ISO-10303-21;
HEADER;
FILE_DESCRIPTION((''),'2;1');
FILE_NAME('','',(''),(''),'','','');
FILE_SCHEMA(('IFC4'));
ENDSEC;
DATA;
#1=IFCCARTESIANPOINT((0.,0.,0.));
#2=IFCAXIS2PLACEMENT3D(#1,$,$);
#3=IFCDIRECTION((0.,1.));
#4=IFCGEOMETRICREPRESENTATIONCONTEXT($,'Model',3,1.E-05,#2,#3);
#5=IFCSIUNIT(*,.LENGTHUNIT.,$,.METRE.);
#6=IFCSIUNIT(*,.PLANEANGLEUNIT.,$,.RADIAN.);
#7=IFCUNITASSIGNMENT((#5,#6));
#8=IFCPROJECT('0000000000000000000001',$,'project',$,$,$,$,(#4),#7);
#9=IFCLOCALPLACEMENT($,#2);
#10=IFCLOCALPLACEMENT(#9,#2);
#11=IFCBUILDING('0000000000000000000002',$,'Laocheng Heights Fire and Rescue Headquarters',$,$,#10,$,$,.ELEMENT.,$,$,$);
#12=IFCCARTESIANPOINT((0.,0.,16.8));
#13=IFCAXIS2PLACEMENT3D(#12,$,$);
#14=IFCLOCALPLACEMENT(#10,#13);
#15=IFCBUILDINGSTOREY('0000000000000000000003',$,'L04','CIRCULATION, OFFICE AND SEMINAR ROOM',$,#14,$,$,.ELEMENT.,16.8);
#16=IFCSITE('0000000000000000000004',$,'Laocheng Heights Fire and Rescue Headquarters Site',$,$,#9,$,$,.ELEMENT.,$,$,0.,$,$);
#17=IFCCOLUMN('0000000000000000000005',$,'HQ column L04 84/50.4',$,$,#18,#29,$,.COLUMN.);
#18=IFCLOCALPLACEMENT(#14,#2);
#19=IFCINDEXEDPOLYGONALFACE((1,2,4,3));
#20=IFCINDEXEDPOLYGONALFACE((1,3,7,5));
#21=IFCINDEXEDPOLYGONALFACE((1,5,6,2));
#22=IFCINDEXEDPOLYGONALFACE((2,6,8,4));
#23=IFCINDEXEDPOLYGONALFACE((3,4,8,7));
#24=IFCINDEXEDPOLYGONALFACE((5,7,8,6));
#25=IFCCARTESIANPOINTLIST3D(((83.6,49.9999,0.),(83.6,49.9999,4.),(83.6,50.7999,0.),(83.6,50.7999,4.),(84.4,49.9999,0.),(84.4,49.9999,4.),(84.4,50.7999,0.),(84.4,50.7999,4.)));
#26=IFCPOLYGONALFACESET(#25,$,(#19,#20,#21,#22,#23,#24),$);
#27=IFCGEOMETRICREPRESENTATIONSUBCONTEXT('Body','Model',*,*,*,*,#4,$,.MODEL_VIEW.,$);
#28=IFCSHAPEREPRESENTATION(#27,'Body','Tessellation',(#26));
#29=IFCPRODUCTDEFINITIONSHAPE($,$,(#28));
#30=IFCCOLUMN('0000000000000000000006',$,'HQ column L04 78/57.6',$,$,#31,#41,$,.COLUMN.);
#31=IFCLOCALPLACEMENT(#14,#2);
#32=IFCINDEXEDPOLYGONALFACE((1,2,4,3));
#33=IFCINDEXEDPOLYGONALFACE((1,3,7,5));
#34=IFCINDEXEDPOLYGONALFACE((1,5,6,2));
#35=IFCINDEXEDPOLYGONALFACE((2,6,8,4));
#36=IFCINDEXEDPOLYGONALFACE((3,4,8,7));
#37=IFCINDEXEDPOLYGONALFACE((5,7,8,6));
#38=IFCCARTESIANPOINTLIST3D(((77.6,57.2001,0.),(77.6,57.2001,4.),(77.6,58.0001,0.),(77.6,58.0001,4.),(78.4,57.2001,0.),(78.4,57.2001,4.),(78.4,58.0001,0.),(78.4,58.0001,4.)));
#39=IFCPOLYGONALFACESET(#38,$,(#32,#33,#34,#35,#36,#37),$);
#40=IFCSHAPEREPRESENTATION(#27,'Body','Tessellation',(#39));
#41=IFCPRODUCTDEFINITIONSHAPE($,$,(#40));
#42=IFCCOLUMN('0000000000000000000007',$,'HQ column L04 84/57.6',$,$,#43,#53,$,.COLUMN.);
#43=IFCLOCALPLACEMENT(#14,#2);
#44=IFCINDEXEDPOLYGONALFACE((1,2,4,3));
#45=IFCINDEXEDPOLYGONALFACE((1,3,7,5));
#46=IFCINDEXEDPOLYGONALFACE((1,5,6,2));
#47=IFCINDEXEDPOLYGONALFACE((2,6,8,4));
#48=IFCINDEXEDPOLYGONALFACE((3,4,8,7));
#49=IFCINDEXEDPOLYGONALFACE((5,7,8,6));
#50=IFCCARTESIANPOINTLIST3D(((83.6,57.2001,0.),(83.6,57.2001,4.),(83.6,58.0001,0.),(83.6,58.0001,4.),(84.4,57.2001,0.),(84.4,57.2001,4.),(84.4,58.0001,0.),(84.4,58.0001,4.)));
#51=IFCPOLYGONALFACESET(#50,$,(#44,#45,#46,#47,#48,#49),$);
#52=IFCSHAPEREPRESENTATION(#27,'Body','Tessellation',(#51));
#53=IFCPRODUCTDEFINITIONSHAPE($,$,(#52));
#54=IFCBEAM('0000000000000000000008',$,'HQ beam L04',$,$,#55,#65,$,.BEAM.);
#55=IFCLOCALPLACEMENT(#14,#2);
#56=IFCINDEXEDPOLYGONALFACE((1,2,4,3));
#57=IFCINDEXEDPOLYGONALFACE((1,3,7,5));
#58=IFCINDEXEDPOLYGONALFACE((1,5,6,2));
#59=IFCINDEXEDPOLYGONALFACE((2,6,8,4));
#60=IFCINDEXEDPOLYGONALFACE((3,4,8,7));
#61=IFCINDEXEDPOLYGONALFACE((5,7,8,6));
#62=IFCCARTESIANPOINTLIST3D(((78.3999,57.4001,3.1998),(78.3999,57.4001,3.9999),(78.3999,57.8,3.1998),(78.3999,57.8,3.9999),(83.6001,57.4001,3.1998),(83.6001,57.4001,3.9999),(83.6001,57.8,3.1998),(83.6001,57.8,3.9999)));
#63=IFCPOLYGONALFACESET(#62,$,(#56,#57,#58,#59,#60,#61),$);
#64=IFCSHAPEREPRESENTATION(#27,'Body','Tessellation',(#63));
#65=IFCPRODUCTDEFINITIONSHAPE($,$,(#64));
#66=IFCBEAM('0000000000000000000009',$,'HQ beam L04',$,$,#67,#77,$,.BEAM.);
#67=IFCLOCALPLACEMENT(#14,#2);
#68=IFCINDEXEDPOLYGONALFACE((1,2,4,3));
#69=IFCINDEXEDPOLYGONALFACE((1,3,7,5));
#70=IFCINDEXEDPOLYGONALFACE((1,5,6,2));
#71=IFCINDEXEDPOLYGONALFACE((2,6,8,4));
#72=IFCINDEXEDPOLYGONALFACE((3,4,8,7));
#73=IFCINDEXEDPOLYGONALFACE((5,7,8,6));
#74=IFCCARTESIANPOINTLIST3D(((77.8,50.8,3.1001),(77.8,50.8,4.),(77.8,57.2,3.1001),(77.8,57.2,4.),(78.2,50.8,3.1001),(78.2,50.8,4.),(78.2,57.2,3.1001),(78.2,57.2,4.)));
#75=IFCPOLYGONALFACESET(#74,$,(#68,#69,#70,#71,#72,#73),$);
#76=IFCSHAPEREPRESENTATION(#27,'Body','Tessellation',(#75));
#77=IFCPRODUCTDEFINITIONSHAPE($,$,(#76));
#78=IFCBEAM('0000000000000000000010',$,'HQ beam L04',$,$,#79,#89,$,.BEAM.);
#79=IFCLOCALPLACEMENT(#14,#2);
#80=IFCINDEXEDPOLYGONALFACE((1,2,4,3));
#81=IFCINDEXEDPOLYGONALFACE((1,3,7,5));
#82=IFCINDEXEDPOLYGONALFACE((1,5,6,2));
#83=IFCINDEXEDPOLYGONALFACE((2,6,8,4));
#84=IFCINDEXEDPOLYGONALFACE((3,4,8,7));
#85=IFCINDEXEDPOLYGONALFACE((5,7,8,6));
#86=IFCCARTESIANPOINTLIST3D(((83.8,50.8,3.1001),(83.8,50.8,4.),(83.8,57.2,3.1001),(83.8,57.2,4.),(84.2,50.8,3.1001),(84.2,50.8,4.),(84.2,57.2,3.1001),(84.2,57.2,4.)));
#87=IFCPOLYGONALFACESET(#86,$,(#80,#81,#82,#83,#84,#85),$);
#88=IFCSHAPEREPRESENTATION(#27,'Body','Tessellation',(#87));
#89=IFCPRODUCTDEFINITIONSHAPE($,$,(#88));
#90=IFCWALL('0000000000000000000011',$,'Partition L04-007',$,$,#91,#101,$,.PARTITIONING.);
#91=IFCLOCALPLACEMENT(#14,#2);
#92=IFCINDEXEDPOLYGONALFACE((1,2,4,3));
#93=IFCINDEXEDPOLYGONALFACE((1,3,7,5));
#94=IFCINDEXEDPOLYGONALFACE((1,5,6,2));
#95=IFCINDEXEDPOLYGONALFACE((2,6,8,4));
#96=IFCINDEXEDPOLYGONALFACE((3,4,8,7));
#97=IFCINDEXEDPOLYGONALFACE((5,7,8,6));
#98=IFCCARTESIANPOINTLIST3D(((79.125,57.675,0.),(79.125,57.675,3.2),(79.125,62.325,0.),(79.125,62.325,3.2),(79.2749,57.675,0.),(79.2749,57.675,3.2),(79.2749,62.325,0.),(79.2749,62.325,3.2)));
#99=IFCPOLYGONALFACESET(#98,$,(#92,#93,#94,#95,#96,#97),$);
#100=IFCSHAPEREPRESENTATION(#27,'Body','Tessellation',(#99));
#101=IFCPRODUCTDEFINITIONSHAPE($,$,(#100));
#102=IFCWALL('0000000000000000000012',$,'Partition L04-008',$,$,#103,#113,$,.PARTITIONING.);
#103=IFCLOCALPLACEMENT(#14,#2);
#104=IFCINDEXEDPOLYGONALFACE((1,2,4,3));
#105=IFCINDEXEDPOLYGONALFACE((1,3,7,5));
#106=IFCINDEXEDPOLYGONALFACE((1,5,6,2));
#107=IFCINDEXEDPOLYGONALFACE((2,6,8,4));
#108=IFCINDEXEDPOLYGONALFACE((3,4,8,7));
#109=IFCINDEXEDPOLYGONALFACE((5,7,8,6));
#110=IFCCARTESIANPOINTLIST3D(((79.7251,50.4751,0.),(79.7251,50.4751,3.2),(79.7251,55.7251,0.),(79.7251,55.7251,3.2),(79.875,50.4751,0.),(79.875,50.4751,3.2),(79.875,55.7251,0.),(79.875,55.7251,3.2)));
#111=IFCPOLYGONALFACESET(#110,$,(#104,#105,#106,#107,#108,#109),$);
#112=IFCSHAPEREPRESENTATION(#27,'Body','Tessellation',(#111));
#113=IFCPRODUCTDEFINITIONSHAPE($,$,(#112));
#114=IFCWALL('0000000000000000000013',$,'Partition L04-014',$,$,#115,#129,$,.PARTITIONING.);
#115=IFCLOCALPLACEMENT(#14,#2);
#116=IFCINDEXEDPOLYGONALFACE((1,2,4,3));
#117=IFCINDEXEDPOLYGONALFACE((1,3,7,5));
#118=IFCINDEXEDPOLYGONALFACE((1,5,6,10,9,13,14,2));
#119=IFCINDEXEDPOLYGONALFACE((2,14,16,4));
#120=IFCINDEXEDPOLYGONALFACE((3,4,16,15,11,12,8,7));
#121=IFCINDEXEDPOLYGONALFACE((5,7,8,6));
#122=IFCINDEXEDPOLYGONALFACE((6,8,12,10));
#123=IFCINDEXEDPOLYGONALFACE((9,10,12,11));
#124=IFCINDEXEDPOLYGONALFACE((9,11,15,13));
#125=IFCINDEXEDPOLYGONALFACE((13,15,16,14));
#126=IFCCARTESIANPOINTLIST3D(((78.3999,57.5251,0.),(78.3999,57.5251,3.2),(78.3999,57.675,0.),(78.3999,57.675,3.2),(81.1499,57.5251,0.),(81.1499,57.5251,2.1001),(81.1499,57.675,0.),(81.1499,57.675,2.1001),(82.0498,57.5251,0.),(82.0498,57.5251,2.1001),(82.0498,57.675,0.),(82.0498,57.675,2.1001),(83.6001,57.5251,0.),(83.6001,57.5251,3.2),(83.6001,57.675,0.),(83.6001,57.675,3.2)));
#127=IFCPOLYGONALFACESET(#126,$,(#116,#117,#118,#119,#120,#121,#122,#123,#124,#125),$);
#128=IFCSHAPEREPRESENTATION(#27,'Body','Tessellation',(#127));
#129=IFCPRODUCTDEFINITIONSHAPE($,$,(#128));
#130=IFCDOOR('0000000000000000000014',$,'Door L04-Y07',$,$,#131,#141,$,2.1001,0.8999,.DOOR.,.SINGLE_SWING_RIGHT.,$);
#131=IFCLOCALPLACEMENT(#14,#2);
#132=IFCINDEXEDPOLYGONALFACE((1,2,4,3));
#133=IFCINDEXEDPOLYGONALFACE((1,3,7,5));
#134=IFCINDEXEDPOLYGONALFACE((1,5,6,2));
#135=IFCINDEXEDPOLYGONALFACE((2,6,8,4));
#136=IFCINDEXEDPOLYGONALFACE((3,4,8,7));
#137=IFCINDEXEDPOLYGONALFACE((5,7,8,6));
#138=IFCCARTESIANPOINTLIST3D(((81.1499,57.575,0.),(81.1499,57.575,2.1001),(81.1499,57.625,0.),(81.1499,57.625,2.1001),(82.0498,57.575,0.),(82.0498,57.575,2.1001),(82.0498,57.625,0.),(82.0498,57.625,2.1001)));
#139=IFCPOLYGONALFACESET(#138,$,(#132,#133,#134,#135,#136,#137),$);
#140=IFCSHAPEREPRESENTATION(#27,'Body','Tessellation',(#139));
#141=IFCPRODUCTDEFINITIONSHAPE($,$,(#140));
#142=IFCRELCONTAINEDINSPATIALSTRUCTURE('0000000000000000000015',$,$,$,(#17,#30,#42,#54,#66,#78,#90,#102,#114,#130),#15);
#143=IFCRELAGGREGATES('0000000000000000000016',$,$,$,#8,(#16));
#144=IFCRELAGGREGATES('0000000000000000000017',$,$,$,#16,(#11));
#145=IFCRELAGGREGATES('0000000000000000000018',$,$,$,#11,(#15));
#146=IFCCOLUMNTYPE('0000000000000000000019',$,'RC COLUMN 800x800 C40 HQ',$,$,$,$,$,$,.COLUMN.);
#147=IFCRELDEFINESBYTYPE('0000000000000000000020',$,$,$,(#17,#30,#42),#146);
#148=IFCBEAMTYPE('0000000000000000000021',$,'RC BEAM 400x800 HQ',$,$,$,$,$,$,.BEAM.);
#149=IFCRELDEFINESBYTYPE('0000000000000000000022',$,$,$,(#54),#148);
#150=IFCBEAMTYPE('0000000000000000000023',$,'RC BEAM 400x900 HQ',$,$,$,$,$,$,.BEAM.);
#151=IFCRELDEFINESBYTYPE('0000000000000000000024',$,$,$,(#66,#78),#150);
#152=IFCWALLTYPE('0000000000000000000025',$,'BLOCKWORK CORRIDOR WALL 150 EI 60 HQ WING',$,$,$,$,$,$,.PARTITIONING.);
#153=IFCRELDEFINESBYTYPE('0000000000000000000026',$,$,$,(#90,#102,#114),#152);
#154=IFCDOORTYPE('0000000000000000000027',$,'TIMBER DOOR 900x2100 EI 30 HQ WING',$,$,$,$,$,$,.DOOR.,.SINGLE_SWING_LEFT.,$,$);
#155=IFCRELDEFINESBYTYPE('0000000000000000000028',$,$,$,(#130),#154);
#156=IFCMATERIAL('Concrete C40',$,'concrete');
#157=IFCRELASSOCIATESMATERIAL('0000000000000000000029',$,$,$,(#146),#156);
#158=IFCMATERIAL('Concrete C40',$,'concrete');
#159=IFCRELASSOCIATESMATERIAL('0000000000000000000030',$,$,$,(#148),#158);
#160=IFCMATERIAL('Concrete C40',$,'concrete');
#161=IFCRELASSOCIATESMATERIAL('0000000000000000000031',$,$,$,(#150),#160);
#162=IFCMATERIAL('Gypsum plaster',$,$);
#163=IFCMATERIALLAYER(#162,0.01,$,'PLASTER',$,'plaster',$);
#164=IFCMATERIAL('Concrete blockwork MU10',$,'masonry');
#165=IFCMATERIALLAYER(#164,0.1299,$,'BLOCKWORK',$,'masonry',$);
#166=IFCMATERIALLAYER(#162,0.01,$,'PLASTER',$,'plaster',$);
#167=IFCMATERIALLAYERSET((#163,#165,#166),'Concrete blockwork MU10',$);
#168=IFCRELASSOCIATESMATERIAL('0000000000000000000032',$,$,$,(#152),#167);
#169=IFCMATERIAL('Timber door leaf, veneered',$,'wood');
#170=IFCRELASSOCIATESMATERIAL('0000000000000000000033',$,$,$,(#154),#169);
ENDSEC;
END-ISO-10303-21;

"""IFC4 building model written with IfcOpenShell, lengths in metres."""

from ifc_helpers import new_model, si_unit, direction, frame, frame_2d, origin, origin_2d, place, context, subcontext, project, spatial, rectangle, extrude, material, layer, layer_set, material_profile, profile_set, type_object, element, fill, save


model = new_model("IFC4")

# Units and contexts
model_context = context("Model", 3, precision=1e-05, world=origin(), true_north=direction((0.0, 1.0)))
body_context = subcontext(model_context, "Body", "Model", "MODEL_VIEW")
ifc_project = project(units=[si_unit("LENGTHUNIT", "METRE"), si_unit("PLANEANGLEUNIT", "RADIAN")], contexts=[model_context])

# Site, building, storey
site_placement = place(None, origin())
site = spatial("IfcSite", under=ifc_project, at=site_placement, Name="Laocheng Heights Fire and Rescue Headquarters Site", CompositionType="ELEMENT", RefElevation=0.0)
building_placement = place(site_placement, origin())
building = spatial("IfcBuilding", under=site, at=building_placement, Name="Laocheng Heights Fire and Rescue Headquarters", CompositionType="ELEMENT")
storey_placement = place(building_placement, frame((0.0, 0.0, 16.8)))
storey = spatial("IfcBuildingStorey", under=building, at=storey_placement, Name="L04", Description="CIRCULATION, OFFICE AND SEMINAR ROOM", CompositionType="ELEMENT", Elevation=16.8)

# Columns
ifc_material_1 = material(Name="Concrete C40", Category="concrete")
ifc_material_profile_1 = material_profile(ifc_material_1, rectangle(XDim=0.8, YDim=0.8, at=origin_2d()), Name="RC COLUMN 800x800 C40 HQ")
ifc_profile_set_1 = profile_set([ifc_material_profile_1], Name="Concrete C40")
column_type = type_object("IfcColumnType", Name="RC COLUMN 800x800 C40 HQ", PredefinedType="COLUMN", material=ifc_profile_set_1)
for number, where, z_axis, x_axis, name in (
    (1, (84.0, 50.3999, 0.0), (0.0, 0.0, 1.0), (1.0, 0.0, 0.0), "HQ column L04 84/50.4"),
    (2, (78.0, 57.6001, 0.0), (0.0, 0.0, 1.0), (1.0, 0.0, 0.0), "HQ column L04 78/57.6"),
    (3, (84.0, 57.6001, 0.0), (0.0, 0.0, 1.0), (1.0, 0.0, 0.0), "HQ column L04 84/57.6"),
):
    element("IfcColumn", number, at=place(storey_placement, frame(where, z_axis=z_axis, x_axis=x_axis)), inside=storey, type_object=column_type, Name=name, PredefinedType="COLUMN", context=body_context, shape_type="SweptSolid", body=[
        extrude(rectangle(XDim=0.8, YDim=0.8, at=origin_2d()), origin(), (0.0, 0.0, 1.0), 4.0),
    ])

# Beams
ifc_material_2 = material(Name="Concrete C40", Category="concrete")
ifc_material_profile_2 = material_profile(ifc_material_2, rectangle(XDim=0.3999, YDim=0.8, at=origin_2d()), Name="RC BEAM 400x800 HQ")
ifc_profile_set_2 = profile_set([ifc_material_profile_2], Name="Concrete C40")
beam_type_1 = type_object("IfcBeamType", Name="RC BEAM 400x800 HQ", PredefinedType="BEAM", material=ifc_profile_set_2)
beam_placement = place(storey_placement, frame((78.3999, 57.6001, 3.5999), z_axis=(1.0, 0.0, 0.0), x_axis=(0.0, 1.0, 0.0)))
element("IfcBeam", 4, at=beam_placement, inside=storey, type_object=beam_type_1, Name="HQ beam L04", PredefinedType="BEAM", context=body_context, shape_type="SweptSolid", body=[
    extrude(rectangle(XDim=0.3999, YDim=0.8, at=origin_2d()), origin(), (0.0, 0.0, 1.0), 5.2002),
])
ifc_material_3 = material(Name="Concrete C40", Category="concrete")
ifc_material_profile_3 = material_profile(ifc_material_3, rectangle(XDim=0.3999, YDim=0.8999, at=origin_2d()), Name="RC BEAM 400x900 HQ")
ifc_profile_set_3 = profile_set([ifc_material_profile_3], Name="Concrete C40")
beam_type_2 = type_object("IfcBeamType", Name="RC BEAM 400x900 HQ", PredefinedType="BEAM", material=ifc_profile_set_3)
for number, where, z_axis, x_axis, name in (
    (5, (78.0, 50.8, 3.55), (0.0, 1.0, 0.0), (-1.0, 0.0, 0.0), "HQ beam L04"),
    (6, (84.0, 50.8, 3.55), (0.0, 1.0, 0.0), (-1.0, 0.0, 0.0), "HQ beam L04"),
):
    element("IfcBeam", number, at=place(storey_placement, frame(where, z_axis=z_axis, x_axis=x_axis)), inside=storey, type_object=beam_type_2, Name=name, PredefinedType="BEAM", context=body_context, shape_type="SweptSolid", body=[
        extrude(rectangle(XDim=0.3999, YDim=0.8999, at=origin_2d()), origin(), (0.0, 0.0, 1.0), 6.3999),
    ])

# Walls
ifc_material_4 = material(Name="Gypsum plaster")
ifc_layer_1 = layer(ifc_material_4, 0.01, Name="PLASTER", Category="plaster")
ifc_material_5 = material(Name="Concrete blockwork MU10", Category="masonry")
ifc_layer_2 = layer(ifc_material_5, 0.1299, Name="BLOCKWORK", Category="masonry")
ifc_layer_3 = layer(ifc_material_4, 0.01, Name="PLASTER", Category="plaster")
ifc_layer_set_1 = layer_set([ifc_layer_1, ifc_layer_2, ifc_layer_3], Name="Concrete blockwork MU10")
wall_type_1 = type_object("IfcWallType", Name="BLOCKWORK CORRIDOR WALL 150 EI 60 HQ WING", PredefinedType="PARTITIONING", material=ifc_layer_set_1)
wall_1_placement = place(storey_placement, frame((79.2, 57.675, 0.0), z_axis=(0.0, 0.0, 1.0), x_axis=(0.0, 1.0, 0.0)))
element("IfcWall", 7, at=wall_1_placement, inside=storey, type_object=wall_type_1, Name="Partition L04-007", PredefinedType="PARTITIONING", context=body_context, shape_type="SweptSolid", body=[
    extrude(rectangle(XDim=4.6499, YDim=0.1499, at=frame_2d((2.325, 0.0))), origin(), (0.0, 0.0, 1.0), 3.2),
])
wall_2_placement = place(storey_placement, frame((79.8, 50.4751, 0.0), z_axis=(0.0, 0.0, 1.0), x_axis=(0.0, 1.0, 0.0)))
element("IfcWall", 8, at=wall_2_placement, inside=storey, type_object=wall_type_1, Name="Partition L04-008", PredefinedType="PARTITIONING", context=body_context, shape_type="SweptSolid", body=[
    extrude(rectangle(XDim=5.25, YDim=0.1499, at=frame_2d((2.625, 0.0))), origin(), (0.0, 0.0, 1.0), 3.2),
])

# Wall, opening, door
wall_3_placement = place(storey_placement, frame((78.3999, 57.6001, 0.0), z_axis=(0.0, 0.0, 1.0), x_axis=(1.0, 0.0, 0.0)))
wall_3 = element("IfcWall", 9, at=wall_3_placement, inside=storey, type_object=wall_type_1, Name="Partition L04-014", PredefinedType="PARTITIONING", context=body_context, shape_type="SweptSolid", body=[
    extrude(rectangle(XDim=5.2002, YDim=0.1499, at=frame_2d((2.6001, 0.0))), origin(), (0.0, 0.0, 1.0), 3.2),
])
opening_1_placement = place(wall_3_placement, frame((2.75, 0.0, 0.0)))
opening_1 = element("IfcOpeningElement", 10, at=opening_1_placement, cuts=wall_3, PredefinedType="OPENING", context=body_context, shape_type="SweptSolid", body=[
    extrude(rectangle(XDim=0.8999, YDim=2.1001, at=frame_2d((0.45, 1.05))), frame((0.0, 0.085, 0.0), z_axis=(0.0, -1.0, 0.0), x_axis=(1.0, 0.0, 0.0)), (0.0, 0.0, 1.0), 0.1699),
])
ifc_material_6 = material(Name="Timber door leaf, veneered", Category="wood")
door_type_1 = type_object("IfcDoorType", Name="TIMBER DOOR 900x2100 EI 30 HQ WING", OperationType="SINGLE_SWING_LEFT", PredefinedType="DOOR", material=ifc_material_6)
door_1_placement = place(opening_1_placement, origin())
door_1 = element("IfcDoor", 11, at=door_1_placement, inside=storey, type_object=door_type_1, Name="Door L04-Y07", OperationType="SINGLE_SWING_RIGHT", OverallHeight=2.1001, OverallWidth=0.8999, PredefinedType="DOOR", context=body_context, shape_type="SweptSolid", body=[
    extrude(rectangle(XDim=0.8999, YDim=2.1001, at=frame_2d((0.45, 1.05))), frame((0.0, 0.0249, 0.0), z_axis=(0.0, -1.0, 0.0), x_axis=(1.0, 0.0, 0.0)), (0.0, 0.0, 1.0), 0.05),
])
fill(opening_1, door_1)

save(model, "model.ifc")
